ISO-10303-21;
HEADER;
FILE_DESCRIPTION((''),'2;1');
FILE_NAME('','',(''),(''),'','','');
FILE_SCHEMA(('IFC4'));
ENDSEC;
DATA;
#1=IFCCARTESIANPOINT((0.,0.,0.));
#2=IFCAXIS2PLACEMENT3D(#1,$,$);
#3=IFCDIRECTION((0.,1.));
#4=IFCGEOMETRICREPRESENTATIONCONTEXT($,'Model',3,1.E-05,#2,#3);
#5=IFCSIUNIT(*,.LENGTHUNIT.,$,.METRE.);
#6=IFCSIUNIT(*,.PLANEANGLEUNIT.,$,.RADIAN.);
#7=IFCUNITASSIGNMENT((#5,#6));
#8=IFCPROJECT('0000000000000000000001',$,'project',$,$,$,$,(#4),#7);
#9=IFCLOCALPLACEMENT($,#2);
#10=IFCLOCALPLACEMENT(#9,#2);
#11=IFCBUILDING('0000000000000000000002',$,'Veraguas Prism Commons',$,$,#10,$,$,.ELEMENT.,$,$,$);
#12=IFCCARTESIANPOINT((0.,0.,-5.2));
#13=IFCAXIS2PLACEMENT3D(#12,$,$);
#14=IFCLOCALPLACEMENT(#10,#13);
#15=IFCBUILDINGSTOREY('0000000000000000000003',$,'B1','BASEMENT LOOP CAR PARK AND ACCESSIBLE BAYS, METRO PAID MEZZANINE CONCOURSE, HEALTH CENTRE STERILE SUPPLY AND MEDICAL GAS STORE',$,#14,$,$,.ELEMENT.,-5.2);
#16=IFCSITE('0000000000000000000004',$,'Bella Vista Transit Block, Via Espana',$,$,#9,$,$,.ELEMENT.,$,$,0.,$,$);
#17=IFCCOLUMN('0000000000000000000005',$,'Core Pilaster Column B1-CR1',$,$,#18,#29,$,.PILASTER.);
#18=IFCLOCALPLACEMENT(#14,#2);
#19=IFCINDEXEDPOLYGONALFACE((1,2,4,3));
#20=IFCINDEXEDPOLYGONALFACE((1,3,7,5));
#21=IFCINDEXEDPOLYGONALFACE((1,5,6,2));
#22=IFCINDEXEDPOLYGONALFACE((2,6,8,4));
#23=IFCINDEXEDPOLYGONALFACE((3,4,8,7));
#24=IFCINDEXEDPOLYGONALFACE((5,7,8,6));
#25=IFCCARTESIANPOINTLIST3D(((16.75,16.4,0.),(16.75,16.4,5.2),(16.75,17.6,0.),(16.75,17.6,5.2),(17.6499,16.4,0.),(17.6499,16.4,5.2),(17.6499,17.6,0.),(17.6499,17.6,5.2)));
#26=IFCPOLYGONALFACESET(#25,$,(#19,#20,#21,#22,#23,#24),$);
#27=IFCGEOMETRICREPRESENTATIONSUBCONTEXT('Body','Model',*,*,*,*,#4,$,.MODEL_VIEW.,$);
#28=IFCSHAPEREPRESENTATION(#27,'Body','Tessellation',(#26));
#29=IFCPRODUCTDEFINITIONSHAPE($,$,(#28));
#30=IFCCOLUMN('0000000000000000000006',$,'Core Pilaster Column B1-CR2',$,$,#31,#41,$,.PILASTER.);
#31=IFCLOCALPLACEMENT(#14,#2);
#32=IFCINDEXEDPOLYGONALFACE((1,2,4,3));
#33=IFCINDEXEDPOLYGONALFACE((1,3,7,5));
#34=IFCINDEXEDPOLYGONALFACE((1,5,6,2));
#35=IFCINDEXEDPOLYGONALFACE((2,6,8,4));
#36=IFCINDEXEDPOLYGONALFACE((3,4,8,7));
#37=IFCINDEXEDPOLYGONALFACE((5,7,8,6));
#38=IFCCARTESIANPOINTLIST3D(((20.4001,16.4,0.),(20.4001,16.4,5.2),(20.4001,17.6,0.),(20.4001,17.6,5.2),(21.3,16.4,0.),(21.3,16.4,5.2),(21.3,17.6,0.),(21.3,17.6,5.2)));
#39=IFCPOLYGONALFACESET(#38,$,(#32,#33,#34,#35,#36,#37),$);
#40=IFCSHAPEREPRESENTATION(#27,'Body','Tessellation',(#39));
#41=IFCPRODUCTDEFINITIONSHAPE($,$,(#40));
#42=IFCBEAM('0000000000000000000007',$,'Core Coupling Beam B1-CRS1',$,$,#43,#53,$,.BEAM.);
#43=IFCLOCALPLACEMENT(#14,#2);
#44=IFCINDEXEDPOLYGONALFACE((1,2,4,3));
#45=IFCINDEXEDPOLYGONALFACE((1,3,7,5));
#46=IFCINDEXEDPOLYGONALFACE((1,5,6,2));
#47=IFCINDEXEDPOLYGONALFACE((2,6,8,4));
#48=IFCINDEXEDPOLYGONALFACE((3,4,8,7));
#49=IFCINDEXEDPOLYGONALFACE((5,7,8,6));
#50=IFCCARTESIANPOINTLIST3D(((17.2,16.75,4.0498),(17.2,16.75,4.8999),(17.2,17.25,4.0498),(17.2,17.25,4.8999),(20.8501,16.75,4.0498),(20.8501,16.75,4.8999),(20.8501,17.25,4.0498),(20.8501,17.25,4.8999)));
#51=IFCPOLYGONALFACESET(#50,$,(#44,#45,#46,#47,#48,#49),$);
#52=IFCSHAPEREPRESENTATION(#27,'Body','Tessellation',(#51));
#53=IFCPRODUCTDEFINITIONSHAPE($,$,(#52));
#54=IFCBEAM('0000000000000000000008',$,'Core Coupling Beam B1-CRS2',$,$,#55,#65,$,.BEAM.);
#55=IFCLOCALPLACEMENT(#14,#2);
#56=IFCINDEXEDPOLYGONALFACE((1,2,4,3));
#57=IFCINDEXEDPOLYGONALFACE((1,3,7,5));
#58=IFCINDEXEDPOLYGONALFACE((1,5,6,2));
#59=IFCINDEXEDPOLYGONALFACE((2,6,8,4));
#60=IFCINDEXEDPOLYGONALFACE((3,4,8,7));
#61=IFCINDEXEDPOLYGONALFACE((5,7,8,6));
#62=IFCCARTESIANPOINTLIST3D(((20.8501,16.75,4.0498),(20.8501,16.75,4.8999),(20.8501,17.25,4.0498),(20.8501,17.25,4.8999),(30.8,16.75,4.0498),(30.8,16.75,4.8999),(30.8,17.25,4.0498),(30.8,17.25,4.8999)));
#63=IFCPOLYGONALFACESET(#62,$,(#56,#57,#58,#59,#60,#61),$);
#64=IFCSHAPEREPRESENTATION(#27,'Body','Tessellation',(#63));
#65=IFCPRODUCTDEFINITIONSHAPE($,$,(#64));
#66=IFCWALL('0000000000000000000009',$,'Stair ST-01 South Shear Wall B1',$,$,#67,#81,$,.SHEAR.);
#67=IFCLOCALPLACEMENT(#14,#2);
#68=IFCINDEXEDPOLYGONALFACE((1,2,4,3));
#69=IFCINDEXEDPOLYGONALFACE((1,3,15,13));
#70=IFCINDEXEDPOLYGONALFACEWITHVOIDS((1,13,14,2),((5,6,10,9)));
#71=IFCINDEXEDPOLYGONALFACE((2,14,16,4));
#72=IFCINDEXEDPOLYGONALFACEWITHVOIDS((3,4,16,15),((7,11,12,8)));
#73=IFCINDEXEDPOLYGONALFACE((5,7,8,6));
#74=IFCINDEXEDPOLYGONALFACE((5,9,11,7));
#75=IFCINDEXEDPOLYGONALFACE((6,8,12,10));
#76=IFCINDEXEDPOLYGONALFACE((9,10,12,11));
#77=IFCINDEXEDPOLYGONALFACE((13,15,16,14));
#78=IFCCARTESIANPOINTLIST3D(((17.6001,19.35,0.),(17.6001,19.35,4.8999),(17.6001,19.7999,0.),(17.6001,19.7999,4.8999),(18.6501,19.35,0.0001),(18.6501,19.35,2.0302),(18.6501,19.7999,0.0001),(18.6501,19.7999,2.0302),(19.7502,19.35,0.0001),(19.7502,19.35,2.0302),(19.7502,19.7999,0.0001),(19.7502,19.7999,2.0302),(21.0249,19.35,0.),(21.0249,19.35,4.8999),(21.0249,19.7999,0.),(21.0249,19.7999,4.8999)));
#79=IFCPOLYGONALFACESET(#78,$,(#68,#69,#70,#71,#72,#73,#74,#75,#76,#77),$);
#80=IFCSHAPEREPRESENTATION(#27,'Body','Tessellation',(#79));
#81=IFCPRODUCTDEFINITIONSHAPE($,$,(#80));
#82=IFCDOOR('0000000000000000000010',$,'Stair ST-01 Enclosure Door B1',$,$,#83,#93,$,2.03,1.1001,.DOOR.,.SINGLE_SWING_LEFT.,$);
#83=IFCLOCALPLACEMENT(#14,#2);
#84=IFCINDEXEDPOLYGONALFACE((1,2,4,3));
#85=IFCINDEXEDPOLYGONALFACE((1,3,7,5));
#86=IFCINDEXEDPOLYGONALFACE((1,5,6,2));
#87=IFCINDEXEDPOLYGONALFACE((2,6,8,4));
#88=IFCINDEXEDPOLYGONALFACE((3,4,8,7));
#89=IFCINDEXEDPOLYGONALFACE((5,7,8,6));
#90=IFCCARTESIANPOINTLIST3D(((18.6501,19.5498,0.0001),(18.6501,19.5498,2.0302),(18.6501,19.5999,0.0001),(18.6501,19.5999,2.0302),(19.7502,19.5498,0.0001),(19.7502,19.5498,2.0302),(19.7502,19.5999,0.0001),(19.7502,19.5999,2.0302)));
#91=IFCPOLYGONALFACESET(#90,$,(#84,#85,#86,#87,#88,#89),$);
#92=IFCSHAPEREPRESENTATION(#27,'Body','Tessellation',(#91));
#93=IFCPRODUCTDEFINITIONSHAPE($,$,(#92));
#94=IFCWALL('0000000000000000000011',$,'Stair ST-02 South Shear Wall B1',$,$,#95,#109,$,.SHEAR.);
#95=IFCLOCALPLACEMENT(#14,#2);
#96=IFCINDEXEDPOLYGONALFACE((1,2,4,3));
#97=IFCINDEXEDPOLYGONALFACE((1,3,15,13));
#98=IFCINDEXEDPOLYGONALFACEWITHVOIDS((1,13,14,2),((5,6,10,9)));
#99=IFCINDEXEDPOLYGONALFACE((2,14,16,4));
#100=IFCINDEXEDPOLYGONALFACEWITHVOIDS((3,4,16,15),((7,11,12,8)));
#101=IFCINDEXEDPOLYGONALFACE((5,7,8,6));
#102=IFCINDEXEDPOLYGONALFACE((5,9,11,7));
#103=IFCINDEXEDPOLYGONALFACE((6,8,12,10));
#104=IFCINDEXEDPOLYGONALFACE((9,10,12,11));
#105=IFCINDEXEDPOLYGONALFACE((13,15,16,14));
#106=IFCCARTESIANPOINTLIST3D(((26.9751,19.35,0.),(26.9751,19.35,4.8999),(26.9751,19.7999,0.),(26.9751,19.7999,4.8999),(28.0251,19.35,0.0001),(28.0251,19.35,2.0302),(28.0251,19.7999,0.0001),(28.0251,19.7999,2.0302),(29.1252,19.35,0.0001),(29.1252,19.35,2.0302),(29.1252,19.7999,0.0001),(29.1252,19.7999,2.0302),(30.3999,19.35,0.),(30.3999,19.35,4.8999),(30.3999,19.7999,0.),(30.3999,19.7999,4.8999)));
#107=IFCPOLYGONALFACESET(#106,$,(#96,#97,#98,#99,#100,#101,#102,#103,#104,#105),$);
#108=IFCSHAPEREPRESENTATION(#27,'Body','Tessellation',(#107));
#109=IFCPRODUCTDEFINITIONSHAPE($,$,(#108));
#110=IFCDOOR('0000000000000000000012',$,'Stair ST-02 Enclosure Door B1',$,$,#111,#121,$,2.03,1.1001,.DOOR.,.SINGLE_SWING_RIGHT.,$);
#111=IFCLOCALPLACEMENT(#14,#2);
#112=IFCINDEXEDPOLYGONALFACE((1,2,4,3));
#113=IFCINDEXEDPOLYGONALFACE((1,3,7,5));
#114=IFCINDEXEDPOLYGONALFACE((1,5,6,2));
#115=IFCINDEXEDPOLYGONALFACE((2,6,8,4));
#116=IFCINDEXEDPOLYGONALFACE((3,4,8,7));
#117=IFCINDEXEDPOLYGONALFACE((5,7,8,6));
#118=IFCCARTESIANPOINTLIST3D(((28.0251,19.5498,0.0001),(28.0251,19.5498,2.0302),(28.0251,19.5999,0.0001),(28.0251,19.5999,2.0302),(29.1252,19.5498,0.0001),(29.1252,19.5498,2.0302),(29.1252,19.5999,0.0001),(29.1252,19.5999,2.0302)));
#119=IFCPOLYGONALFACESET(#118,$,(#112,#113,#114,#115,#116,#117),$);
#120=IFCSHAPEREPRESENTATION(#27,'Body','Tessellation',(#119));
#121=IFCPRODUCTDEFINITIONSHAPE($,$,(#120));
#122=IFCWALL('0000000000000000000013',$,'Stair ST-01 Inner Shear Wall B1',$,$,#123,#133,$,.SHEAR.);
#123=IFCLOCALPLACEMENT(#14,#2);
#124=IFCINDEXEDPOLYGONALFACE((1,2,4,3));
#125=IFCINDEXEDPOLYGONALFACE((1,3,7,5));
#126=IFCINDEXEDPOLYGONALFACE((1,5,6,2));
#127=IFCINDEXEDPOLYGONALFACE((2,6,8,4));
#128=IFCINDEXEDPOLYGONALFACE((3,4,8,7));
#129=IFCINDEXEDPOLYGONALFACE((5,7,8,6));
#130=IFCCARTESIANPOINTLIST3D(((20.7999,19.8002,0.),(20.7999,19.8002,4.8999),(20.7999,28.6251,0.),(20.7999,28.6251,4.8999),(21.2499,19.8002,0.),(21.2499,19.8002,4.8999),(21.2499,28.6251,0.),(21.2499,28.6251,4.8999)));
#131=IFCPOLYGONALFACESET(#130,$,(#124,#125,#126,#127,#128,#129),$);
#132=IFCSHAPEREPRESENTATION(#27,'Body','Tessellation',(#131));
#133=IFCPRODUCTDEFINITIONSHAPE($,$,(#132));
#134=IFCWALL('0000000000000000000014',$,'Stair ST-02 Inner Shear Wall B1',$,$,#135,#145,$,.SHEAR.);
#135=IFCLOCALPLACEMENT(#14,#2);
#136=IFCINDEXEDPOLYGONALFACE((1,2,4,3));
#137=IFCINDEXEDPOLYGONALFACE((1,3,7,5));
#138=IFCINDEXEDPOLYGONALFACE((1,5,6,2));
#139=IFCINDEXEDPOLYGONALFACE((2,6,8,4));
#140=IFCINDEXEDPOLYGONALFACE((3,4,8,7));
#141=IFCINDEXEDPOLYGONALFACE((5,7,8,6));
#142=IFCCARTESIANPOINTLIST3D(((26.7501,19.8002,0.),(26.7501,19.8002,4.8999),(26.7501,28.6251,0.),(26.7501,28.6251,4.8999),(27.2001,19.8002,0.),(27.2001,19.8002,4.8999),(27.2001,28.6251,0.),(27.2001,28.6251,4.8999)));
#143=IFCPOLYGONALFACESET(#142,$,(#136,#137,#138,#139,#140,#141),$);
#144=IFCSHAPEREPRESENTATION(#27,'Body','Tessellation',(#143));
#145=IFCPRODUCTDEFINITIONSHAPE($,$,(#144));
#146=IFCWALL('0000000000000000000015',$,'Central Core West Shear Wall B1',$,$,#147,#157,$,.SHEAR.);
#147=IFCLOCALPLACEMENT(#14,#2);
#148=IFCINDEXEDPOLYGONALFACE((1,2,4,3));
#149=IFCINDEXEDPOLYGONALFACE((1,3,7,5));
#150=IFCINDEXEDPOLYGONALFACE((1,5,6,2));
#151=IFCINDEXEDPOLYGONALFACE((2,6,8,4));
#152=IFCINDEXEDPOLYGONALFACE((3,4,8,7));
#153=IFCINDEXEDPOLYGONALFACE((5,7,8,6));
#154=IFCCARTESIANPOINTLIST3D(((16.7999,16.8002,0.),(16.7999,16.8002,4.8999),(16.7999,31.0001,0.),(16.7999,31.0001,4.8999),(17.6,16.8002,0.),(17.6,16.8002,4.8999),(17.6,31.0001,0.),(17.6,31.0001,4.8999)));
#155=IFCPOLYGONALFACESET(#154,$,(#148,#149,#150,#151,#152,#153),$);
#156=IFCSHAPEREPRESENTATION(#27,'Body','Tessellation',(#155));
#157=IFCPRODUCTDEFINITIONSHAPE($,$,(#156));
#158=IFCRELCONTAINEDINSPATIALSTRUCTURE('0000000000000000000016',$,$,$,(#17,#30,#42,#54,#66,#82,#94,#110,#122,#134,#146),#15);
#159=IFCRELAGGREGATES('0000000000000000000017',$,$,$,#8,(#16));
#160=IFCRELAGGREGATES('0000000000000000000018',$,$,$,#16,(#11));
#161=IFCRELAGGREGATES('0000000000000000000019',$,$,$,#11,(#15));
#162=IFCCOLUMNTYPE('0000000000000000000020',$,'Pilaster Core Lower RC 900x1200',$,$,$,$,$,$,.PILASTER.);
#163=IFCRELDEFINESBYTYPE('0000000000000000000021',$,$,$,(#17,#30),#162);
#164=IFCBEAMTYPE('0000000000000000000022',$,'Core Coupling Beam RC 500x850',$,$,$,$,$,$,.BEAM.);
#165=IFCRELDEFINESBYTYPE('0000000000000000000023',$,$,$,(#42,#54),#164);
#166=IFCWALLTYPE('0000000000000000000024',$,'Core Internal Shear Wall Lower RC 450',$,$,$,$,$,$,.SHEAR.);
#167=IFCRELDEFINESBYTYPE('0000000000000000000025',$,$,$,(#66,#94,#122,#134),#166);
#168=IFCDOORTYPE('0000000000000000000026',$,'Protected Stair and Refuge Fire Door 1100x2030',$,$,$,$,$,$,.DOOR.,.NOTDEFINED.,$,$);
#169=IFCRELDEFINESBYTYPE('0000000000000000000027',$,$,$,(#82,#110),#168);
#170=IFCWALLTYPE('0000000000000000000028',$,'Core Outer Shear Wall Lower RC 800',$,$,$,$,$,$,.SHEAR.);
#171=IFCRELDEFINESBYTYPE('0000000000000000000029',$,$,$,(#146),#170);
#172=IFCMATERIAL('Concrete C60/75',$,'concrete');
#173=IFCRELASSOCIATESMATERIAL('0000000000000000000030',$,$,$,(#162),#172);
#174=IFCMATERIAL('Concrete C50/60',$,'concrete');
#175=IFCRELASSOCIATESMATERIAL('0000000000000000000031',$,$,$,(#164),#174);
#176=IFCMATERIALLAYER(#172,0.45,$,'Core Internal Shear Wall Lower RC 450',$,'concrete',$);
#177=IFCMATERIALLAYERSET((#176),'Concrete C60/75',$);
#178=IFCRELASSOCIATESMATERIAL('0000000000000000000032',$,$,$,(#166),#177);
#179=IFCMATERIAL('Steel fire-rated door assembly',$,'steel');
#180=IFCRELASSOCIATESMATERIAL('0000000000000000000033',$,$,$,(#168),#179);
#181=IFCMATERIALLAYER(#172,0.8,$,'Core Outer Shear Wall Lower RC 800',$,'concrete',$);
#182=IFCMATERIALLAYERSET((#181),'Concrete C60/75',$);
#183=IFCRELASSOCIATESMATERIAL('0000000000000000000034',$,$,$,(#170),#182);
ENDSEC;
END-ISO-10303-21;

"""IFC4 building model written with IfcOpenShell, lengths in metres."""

from ifc_helpers import new_model, si_unit, direction, frame, frame_2d, origin, origin_2d, place, context, subcontext, project, spatial, rectangle, extrude, source, transform, mapped, material, layer, layer_set, material_profile, profile_set, type_object, element, fill, save


model = new_model("IFC4")

# Units and contexts
model_context = context("Model", 3, precision=1e-05, world=origin(), true_north=direction((0.0, 1.0)))
body_context = subcontext(model_context, "Body", "Model", "MODEL_VIEW")
ifc_project = project(units=[si_unit("LENGTHUNIT", "METRE"), si_unit("PLANEANGLEUNIT", "RADIAN")], contexts=[model_context])

# Site, building, storey
site_placement = place(None, origin())
site = spatial("IfcSite", under=ifc_project, at=site_placement, Name="Bella Vista Transit Block, Via Espana", CompositionType="ELEMENT", RefElevation=0.0)
building_placement = place(site_placement, origin())
building = spatial("IfcBuilding", under=site, at=building_placement, Name="Veraguas Prism Commons", CompositionType="ELEMENT")
storey_placement = place(building_placement, frame((0.0, 0.0, -5.2)))
storey = spatial("IfcBuildingStorey", under=building, at=storey_placement, Name="B1", Description="BASEMENT LOOP CAR PARK AND ACCESSIBLE BAYS, METRO PAID MEZZANINE CONCOURSE, HEALTH CENTRE STERILE SUPPLY AND MEDICAL GAS STORE", CompositionType="ELEMENT", Elevation=-5.2)

# Columns
ifc_material_1 = material(Name="Concrete C60/75", Category="concrete")
ifc_material_profile_1 = material_profile(ifc_material_1, rectangle(XDim=0.8999, YDim=1.2, at=origin_2d()), Name="RC900X1200")
ifc_profile_set_1 = profile_set([ifc_material_profile_1], Name="Concrete C60/75")
column_type = type_object("IfcColumnType", Name="Pilaster Core Lower RC 900x1200", PredefinedType="PILASTER", material=ifc_profile_set_1)
for number, where, z_axis, x_axis, name in (
    (1, (17.2, 17.0, 0.0), (0.0, 0.0, 1.0), (1.0, 0.0, 0.0), "Core Pilaster Column B1-CR1"),
    (2, (20.8501, 17.0, 0.0), (0.0, 0.0, 1.0), (1.0, 0.0, 0.0), "Core Pilaster Column B1-CR2"),
):
    element("IfcColumn", number, at=place(storey_placement, frame(where, z_axis=z_axis, x_axis=x_axis)), inside=storey, type_object=column_type, Name=name, PredefinedType="PILASTER", context=body_context, shape_type="SweptSolid", body=[
        extrude(rectangle(XDim=0.8999, YDim=1.2, at=origin_2d()), origin(), (0.0, 0.0, 1.0), 5.2),
    ])

# Beams
ifc_material_2 = material(Name="Concrete C50/60", Category="concrete")
ifc_material_profile_2 = material_profile(ifc_material_2, rectangle(XDim=0.5, YDim=0.8501, at=origin_2d()), Name="RC500X850")
ifc_profile_set_2 = profile_set([ifc_material_profile_2], Name="Concrete C50/60")
beam_type = type_object("IfcBeamType", Name="Core Coupling Beam RC 500x850", PredefinedType="BEAM", material=ifc_profile_set_2)
beam_1_placement = place(storey_placement, frame((17.2, 17.0, 4.4749), z_axis=(1.0, 0.0, 0.0), x_axis=(0.0, 1.0, 0.0)))
element("IfcBeam", 3, at=beam_1_placement, inside=storey, type_object=beam_type, Name="Core Coupling Beam B1-CRS1", PredefinedType="BEAM", context=body_context, shape_type="SweptSolid", body=[
    extrude(rectangle(XDim=0.5, YDim=0.8501, at=origin_2d()), origin(), (0.0, 0.0, 1.0), 3.6501),
])
beam_2_placement = place(storey_placement, frame((20.8501, 17.0, 4.4749), z_axis=(1.0, 0.0, 0.0), x_axis=(0.0, 1.0, 0.0)))
element("IfcBeam", 4, at=beam_2_placement, inside=storey, type_object=beam_type, Name="Core Coupling Beam B1-CRS2", PredefinedType="BEAM", context=body_context, shape_type="SweptSolid", body=[
    extrude(rectangle(XDim=0.5, YDim=0.8501, at=origin_2d()), origin(), (0.0, 0.0, 1.0), 9.95),
])

# Walls, openings, doors
ifc_layer_1 = layer(ifc_material_1, 0.45, Name="Core Internal Shear Wall Lower RC 450", Category="concrete")
ifc_layer_set_1 = layer_set([ifc_layer_1], Name="Concrete C60/75")
wall_type_1 = type_object("IfcWallType", Name="Core Internal Shear Wall Lower RC 450", PredefinedType="SHEAR", material=ifc_layer_set_1)
wall_1_placement = place(storey_placement, frame((17.6001, 19.575, 0.0), z_axis=(0.0, 0.0, 1.0), x_axis=(1.0, 0.0, 0.0)))
wall_1 = element("IfcWall", 5, at=wall_1_placement, inside=storey, type_object=wall_type_1, Name="Stair ST-01 South Shear Wall B1", PredefinedType="SHEAR", context=body_context, shape_type="SweptSolid", body=[
    extrude(rectangle(XDim=3.4248, YDim=0.45, at=frame_2d((1.7124, 0.0))), origin(), (0.0, 0.0, 1.0), 4.8999),
])
opening_1_placement = place(wall_1_placement, frame((1.05, 0.0, 0.0)))
opening_1 = element("IfcOpeningElement", 6, at=opening_1_placement, cuts=wall_1, PredefinedType="OPENING", context=body_context, shape_type="SweptSolid", body=[
    extrude(rectangle(XDim=1.1001, YDim=2.03, at=frame_2d((0.55, 1.0151))), frame((0.0, 0.2349, 0.0), z_axis=(0.0, -1.0, 0.0), x_axis=(1.0, 0.0, 0.0)), (0.0, 0.0, 1.0), 0.47),
])
ifc_material_3 = material(Name="Steel fire-rated door assembly", Category="steel")
door_type_1 = type_object("IfcDoorType", Name="Protected Stair and Refuge Fire Door 1100x2030", OperationType="NOTDEFINED", PredefinedType="DOOR", material=ifc_material_3)
shared_shape_1 = source(origin(), body_context, "Body", "SweptSolid", [
    extrude(rectangle(XDim=1.1001, YDim=2.03, at=frame_2d((0.55, 1.0151))), frame((0.0, 0.0249, 0.0), z_axis=(0.0, -1.0, 0.0), x_axis=(1.0, 0.0, 0.0)), (0.0, 0.0, 1.0), 0.05),
])
door_1_placement = place(opening_1_placement, origin())
door_1 = element("IfcDoor", 7, at=door_1_placement, inside=storey, type_object=door_type_1, Name="Stair ST-01 Enclosure Door B1", OperationType="SINGLE_SWING_LEFT", OverallHeight=2.03, OverallWidth=1.1001, PredefinedType="DOOR", context=body_context, shape_type="MappedRepresentation", body=[
    mapped(shared_shape_1, transform((0.0, 0.0, 0.0), scale=1.0)),
])
fill(opening_1, door_1)
wall_2_placement = place(storey_placement, frame((26.9751, 19.575, 0.0), z_axis=(0.0, 0.0, 1.0), x_axis=(1.0, 0.0, 0.0)))
wall_2 = element("IfcWall", 8, at=wall_2_placement, inside=storey, type_object=wall_type_1, Name="Stair ST-02 South Shear Wall B1", PredefinedType="SHEAR", context=body_context, shape_type="SweptSolid", body=[
    extrude(rectangle(XDim=3.4248, YDim=0.45, at=frame_2d((1.7124, 0.0))), origin(), (0.0, 0.0, 1.0), 4.8999),
])
opening_2_placement = place(wall_2_placement, frame((1.05, 0.0, 0.0)))
opening_2 = element("IfcOpeningElement", 9, at=opening_2_placement, cuts=wall_2, PredefinedType="OPENING", context=body_context, shape_type="SweptSolid", body=[
    extrude(rectangle(XDim=1.1001, YDim=2.03, at=frame_2d((0.55, 1.0151))), frame((0.0, 0.2349, 0.0), z_axis=(0.0, -1.0, 0.0), x_axis=(1.0, 0.0, 0.0)), (0.0, 0.0, 1.0), 0.47),
])
door_2_placement = place(opening_2_placement, origin())
door_2 = element("IfcDoor", 10, at=door_2_placement, inside=storey, type_object=door_type_1, Name="Stair ST-02 Enclosure Door B1", OperationType="SINGLE_SWING_RIGHT", OverallHeight=2.03, OverallWidth=1.1001, PredefinedType="DOOR", context=body_context, shape_type="MappedRepresentation", body=[
    mapped(shared_shape_1, transform((0.0, 0.0, 0.0), scale=1.0)),
])
fill(opening_2, door_2)

# Walls
for number, where, z_axis, x_axis, name in (
    (11, (21.0249, 19.8, 0.0), (0.0, 0.0, 1.0), (0.0, 1.0, 0.0), "Stair ST-01 Inner Shear Wall B1"),
    (12, (26.9751, 19.8, 0.0), (0.0, 0.0, 1.0), (0.0, 1.0, 0.0), "Stair ST-02 Inner Shear Wall B1"),
):
    element("IfcWall", number, at=place(storey_placement, frame(where, z_axis=z_axis, x_axis=x_axis)), inside=storey, type_object=wall_type_1, Name=name, PredefinedType="SHEAR", context=body_context, shape_type="SweptSolid", body=[
        extrude(rectangle(XDim=8.825, YDim=0.45, at=frame_2d((4.4126, 0.0))), origin(), (0.0, 0.0, 1.0), 4.8999),
    ])
ifc_layer_2 = layer(ifc_material_1, 0.8, Name="Core Outer Shear Wall Lower RC 800", Category="concrete")
ifc_layer_set_2 = layer_set([ifc_layer_2], Name="Concrete C60/75")
wall_type_2 = type_object("IfcWallType", Name="Core Outer Shear Wall Lower RC 800", PredefinedType="SHEAR", material=ifc_layer_set_2)
wall_3_placement = place(storey_placement, frame((17.2, 16.8, 0.0), z_axis=(0.0, 0.0, 1.0), x_axis=(0.0, 1.0, 0.0)))
element("IfcWall", 13, at=wall_3_placement, inside=storey, type_object=wall_type_2, Name="Central Core West Shear Wall B1", PredefinedType="SHEAR", context=body_context, shape_type="SweptSolid", body=[
    extrude(rectangle(XDim=14.2, YDim=0.8, at=frame_2d((7.1001, 0.0))), origin(), (0.0, 0.0, 1.0), 4.8999),
])

save(model, "model.ifc")
